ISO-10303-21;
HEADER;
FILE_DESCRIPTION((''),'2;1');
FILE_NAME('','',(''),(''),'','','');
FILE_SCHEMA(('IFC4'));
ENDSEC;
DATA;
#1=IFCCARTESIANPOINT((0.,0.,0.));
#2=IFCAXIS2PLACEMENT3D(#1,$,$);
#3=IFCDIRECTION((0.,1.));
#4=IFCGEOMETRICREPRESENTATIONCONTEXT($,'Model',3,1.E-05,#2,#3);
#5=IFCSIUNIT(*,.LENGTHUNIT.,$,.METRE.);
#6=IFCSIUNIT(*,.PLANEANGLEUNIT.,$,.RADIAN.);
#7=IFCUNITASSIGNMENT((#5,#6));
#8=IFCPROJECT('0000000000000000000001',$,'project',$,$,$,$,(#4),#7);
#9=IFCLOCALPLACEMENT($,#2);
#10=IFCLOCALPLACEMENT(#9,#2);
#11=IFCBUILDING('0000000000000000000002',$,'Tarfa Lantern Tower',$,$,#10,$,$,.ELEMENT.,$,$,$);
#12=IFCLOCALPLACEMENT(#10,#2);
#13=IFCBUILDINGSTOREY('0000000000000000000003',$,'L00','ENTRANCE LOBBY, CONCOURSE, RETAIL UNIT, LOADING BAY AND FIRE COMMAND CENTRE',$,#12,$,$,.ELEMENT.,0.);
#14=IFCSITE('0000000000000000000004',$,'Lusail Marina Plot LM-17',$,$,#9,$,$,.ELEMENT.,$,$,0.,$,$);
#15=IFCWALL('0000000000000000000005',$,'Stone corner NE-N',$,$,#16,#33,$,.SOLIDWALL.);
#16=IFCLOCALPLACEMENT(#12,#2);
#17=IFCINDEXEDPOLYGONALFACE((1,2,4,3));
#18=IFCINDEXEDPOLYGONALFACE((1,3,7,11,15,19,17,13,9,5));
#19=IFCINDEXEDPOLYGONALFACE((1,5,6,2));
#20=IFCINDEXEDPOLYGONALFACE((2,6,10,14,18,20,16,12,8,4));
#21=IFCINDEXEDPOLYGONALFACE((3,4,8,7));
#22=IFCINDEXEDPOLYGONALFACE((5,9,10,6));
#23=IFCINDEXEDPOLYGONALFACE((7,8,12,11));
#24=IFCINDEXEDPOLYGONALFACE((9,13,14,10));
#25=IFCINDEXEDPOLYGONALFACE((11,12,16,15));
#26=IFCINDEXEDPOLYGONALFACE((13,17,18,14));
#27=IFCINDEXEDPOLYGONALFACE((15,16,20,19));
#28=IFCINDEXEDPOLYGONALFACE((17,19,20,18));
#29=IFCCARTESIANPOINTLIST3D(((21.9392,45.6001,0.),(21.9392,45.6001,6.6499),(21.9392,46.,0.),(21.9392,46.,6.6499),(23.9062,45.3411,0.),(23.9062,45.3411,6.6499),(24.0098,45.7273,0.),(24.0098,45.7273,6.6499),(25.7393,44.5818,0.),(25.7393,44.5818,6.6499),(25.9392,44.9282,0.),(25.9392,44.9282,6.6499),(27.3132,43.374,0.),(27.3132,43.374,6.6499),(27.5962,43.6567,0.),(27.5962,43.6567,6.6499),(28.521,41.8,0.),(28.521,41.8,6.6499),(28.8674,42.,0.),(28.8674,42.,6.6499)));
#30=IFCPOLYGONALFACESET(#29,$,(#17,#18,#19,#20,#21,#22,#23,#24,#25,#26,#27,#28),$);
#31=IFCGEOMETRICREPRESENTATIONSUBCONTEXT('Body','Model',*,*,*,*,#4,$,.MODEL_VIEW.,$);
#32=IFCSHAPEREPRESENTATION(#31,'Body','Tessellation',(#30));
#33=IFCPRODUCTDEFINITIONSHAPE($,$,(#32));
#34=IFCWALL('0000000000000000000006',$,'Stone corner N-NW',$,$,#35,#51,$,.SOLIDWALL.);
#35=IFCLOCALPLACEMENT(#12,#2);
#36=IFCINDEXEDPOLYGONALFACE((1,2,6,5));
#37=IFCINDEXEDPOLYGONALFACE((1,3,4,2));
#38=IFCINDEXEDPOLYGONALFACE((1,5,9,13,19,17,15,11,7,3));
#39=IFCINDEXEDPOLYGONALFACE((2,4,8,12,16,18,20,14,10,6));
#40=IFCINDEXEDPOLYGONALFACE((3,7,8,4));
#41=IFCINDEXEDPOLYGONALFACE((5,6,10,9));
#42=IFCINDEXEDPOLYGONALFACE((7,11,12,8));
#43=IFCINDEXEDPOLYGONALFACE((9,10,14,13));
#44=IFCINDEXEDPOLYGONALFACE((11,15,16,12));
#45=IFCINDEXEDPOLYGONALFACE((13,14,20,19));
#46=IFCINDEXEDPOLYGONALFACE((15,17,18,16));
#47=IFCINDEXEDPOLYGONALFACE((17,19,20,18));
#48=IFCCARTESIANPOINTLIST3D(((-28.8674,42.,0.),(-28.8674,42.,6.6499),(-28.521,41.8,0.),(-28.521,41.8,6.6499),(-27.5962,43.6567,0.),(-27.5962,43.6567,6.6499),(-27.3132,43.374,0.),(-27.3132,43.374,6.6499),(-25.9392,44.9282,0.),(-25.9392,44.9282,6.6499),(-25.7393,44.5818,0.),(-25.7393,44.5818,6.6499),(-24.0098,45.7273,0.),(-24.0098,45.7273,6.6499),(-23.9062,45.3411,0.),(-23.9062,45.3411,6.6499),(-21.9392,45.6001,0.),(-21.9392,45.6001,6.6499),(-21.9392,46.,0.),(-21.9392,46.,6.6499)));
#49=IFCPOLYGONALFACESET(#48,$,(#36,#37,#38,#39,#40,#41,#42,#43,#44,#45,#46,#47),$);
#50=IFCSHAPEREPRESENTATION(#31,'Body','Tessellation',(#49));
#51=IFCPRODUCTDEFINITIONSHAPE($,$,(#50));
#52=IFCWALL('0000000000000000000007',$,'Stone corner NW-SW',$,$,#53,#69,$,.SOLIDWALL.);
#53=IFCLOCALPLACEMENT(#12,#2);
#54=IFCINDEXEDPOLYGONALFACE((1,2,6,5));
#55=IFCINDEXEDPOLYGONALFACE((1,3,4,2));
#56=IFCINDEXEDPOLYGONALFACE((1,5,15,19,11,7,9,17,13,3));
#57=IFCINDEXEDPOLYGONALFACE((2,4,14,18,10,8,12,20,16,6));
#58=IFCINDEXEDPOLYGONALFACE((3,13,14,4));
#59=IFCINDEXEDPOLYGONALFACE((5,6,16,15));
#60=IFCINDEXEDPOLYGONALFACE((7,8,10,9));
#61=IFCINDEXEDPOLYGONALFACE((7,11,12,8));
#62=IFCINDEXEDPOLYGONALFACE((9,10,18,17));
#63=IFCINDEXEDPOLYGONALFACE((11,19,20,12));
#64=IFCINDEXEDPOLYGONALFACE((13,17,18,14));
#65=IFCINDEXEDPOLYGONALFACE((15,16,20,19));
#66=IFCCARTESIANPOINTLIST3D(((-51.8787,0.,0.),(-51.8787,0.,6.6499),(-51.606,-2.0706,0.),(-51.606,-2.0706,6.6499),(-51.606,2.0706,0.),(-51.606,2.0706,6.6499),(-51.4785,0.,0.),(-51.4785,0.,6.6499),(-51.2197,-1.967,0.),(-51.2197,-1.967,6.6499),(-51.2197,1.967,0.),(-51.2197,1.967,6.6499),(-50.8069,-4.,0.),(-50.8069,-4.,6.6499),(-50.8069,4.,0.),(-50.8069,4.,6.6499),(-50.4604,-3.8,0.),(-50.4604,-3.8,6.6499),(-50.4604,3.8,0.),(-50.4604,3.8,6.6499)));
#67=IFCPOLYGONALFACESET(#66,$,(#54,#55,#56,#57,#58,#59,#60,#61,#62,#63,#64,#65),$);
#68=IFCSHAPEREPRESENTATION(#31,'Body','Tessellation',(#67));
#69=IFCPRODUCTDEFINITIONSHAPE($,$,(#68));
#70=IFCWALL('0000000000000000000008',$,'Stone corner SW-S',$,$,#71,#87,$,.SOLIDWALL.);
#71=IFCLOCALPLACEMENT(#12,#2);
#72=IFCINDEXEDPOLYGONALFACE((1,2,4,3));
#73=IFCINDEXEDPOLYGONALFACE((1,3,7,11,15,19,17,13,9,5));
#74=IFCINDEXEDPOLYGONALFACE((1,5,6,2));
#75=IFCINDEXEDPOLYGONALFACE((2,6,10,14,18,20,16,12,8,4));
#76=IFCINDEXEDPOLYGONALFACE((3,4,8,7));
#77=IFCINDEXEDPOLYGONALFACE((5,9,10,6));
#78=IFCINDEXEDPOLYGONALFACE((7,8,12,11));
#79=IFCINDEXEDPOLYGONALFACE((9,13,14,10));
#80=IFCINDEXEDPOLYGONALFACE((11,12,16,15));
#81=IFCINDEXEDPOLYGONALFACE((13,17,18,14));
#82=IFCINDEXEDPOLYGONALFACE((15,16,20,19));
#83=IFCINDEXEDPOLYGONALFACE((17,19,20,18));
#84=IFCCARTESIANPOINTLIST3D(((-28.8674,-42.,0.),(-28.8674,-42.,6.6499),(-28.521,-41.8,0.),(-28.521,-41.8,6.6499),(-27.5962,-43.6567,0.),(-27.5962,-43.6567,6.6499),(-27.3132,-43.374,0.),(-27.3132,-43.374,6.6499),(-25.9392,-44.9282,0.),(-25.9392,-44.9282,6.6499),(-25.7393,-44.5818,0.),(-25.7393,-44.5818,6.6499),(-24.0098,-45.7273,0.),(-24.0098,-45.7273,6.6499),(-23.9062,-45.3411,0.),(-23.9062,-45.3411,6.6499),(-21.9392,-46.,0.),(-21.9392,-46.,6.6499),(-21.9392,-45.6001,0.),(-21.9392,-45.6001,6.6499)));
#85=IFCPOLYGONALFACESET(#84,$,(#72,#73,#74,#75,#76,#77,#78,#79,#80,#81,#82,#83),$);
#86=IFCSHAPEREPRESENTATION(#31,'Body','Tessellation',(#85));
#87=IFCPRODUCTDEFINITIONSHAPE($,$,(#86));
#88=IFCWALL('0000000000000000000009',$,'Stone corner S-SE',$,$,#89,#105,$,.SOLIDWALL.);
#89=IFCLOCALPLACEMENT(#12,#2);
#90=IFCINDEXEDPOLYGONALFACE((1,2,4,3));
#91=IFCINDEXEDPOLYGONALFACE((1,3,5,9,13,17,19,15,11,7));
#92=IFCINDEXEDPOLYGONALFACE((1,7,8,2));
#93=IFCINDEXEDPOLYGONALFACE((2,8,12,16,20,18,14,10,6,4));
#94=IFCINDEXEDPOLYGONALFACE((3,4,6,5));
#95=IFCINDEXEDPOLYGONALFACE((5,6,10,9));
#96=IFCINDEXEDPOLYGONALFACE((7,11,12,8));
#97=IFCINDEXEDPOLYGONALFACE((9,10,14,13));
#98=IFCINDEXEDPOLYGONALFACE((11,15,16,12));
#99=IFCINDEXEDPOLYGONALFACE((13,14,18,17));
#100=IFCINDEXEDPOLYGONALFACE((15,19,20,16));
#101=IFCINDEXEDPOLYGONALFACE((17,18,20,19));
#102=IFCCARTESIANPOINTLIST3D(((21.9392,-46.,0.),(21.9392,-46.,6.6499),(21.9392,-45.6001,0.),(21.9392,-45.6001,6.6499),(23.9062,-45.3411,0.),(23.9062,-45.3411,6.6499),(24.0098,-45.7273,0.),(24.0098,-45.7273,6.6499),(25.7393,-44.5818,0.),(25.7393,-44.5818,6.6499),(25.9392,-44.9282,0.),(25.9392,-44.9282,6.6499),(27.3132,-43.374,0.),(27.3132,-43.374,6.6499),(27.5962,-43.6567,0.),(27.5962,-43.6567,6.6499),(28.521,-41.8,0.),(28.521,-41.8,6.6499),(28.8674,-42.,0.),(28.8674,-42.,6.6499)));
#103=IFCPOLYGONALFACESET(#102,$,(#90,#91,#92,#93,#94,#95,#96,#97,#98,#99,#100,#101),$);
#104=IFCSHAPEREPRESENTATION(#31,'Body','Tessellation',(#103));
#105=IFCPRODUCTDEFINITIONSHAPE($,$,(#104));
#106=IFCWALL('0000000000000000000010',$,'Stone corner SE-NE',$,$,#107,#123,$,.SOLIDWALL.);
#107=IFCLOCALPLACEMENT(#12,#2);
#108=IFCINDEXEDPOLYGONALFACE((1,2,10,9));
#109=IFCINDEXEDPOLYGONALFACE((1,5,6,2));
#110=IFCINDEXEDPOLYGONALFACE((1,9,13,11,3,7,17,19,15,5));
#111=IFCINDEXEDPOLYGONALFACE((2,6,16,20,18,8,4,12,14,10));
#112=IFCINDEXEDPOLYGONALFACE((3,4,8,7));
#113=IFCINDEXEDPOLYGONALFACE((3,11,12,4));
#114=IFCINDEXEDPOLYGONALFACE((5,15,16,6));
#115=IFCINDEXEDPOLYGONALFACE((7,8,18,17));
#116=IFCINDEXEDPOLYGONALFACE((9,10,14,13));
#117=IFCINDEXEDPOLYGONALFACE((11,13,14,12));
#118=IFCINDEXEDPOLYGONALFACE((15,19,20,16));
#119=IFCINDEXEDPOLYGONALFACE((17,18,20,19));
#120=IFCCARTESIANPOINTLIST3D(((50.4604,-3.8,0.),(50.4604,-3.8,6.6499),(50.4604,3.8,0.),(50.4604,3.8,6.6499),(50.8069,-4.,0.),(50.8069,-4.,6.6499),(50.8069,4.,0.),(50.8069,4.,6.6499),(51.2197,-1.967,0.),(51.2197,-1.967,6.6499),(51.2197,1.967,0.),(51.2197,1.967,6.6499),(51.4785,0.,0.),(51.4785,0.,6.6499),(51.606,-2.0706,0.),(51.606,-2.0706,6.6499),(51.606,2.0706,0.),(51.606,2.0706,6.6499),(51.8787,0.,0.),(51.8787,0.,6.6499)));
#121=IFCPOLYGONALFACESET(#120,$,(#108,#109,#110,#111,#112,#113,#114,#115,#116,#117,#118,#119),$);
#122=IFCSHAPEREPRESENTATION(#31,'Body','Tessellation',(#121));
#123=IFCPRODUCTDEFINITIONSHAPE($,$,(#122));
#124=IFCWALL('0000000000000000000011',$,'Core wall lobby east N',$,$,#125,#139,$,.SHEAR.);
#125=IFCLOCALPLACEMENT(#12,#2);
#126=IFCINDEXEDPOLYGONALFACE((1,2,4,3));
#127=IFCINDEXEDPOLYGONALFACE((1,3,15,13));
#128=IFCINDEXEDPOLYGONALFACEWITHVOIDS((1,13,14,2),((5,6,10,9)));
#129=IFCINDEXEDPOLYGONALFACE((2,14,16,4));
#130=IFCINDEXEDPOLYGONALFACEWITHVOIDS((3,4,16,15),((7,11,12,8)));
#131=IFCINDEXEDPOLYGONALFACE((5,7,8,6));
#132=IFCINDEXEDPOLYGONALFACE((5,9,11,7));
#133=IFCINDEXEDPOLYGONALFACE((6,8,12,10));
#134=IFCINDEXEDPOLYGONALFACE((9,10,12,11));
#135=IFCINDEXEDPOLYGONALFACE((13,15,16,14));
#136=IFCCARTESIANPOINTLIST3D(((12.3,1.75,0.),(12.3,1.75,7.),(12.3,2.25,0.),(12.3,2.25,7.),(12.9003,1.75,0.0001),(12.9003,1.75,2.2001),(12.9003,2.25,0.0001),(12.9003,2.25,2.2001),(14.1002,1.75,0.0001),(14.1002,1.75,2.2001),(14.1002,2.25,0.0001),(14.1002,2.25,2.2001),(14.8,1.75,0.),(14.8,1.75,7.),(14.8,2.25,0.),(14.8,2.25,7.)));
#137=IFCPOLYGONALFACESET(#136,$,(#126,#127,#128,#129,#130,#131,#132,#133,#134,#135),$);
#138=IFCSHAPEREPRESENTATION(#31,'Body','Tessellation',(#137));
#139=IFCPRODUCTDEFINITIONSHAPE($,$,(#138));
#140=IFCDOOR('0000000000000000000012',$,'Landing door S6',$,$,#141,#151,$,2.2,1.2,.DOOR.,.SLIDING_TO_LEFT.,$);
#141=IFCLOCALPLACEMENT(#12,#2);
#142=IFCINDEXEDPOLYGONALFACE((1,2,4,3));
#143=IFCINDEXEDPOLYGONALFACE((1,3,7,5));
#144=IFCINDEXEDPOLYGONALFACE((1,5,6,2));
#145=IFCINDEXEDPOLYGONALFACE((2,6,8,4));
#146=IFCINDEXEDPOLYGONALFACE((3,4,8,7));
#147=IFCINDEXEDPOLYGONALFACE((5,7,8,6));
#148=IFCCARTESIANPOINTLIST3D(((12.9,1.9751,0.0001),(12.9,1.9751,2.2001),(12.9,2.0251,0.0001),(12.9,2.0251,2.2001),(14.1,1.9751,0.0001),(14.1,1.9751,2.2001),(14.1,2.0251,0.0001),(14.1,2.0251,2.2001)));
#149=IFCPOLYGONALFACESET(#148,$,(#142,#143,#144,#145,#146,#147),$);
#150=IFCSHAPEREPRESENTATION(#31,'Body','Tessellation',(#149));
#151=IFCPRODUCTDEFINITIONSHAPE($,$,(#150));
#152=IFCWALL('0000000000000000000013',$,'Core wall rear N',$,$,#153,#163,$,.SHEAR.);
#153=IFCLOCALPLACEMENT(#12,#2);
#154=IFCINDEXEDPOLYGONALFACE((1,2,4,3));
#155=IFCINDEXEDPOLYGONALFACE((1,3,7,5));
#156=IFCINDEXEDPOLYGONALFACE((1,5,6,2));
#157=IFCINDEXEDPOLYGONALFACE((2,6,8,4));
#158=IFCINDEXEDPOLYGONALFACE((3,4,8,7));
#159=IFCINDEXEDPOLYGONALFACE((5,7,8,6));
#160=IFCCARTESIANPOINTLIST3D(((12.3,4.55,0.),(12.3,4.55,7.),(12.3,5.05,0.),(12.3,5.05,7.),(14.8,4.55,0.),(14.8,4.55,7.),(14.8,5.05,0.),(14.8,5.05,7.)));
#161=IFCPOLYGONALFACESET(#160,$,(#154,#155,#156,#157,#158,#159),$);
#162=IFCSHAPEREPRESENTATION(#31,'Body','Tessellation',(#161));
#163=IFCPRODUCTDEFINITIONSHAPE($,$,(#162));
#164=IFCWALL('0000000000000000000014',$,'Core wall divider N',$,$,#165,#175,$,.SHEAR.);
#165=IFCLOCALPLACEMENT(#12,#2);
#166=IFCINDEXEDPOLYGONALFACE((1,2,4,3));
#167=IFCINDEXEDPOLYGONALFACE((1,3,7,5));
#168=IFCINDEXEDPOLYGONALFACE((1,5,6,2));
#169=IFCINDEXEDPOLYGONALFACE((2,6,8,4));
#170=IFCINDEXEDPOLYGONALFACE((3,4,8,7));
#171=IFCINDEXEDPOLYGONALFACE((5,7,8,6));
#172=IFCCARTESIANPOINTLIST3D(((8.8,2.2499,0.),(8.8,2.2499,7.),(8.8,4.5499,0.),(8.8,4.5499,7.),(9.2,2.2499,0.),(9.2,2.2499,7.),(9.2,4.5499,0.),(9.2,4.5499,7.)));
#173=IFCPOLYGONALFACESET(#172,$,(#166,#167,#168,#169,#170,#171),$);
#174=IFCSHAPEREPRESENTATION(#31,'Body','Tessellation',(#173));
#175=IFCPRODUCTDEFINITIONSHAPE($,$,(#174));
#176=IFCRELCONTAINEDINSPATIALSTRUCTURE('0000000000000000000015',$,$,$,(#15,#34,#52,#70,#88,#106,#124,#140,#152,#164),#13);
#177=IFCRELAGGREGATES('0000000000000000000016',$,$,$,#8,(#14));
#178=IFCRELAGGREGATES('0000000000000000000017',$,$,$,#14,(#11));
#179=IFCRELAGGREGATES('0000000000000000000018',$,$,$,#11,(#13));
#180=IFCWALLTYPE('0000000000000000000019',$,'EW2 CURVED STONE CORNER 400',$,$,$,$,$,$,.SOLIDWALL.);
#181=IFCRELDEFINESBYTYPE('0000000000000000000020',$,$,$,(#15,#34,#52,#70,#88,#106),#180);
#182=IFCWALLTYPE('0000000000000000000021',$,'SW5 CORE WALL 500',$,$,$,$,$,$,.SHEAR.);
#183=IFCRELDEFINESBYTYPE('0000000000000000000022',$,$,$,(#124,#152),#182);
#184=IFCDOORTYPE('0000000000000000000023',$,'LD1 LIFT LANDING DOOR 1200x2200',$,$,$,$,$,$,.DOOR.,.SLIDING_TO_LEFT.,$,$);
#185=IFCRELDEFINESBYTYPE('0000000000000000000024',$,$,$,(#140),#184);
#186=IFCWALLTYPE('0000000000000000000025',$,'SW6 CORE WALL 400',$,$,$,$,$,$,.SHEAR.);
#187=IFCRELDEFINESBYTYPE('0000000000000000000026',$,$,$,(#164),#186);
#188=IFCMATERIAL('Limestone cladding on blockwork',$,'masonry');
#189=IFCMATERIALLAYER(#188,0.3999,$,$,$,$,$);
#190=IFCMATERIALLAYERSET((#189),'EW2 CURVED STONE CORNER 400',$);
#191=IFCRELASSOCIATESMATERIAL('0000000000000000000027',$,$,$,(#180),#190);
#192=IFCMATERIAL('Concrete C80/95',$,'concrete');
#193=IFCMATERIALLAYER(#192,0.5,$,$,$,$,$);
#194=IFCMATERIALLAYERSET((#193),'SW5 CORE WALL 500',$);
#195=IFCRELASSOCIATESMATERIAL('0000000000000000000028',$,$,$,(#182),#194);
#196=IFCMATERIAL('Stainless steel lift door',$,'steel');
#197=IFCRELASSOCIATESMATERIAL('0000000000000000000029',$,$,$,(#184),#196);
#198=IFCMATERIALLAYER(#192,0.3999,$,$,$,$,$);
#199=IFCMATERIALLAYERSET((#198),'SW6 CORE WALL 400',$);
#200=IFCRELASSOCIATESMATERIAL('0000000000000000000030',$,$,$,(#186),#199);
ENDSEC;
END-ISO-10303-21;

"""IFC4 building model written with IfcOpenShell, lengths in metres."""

from ifc_helpers import new_model, si_unit, direction, frame, frame_2d, origin, place, context, subcontext, project, spatial, polyline, rectangle, outline, extrude, material, layer, layer_set, type_object, element, fill, save


model = new_model("IFC4")

# Units and contexts
model_context = context("Model", 3, precision=1e-05, world=origin(), true_north=direction((0.0, 1.0)))
body_context = subcontext(model_context, "Body", "Model", "MODEL_VIEW")
ifc_project = project(units=[si_unit("LENGTHUNIT", "METRE"), si_unit("PLANEANGLEUNIT", "RADIAN")], contexts=[model_context])

# Site, building, storey
site_placement = place(None, origin())
site = spatial("IfcSite", under=ifc_project, at=site_placement, Name="Lusail Marina Plot LM-17", CompositionType="ELEMENT", RefElevation=0.0)
building_placement = place(site_placement, origin())
building = spatial("IfcBuilding", under=site, at=building_placement, Name="Tarfa Lantern Tower", CompositionType="ELEMENT")
storey_placement = place(building_placement, origin())
storey = spatial("IfcBuildingStorey", under=building, at=storey_placement, Name="L00", Description="ENTRANCE LOBBY, CONCOURSE, RETAIL UNIT, LOADING BAY AND FIRE COMMAND CENTRE", CompositionType="ELEMENT", Elevation=0.0)

# Walls
ifc_material_1 = material(Name="Limestone cladding on blockwork", Category="masonry")
ifc_layer_1 = layer(ifc_material_1, 0.3999)
ifc_layer_set_1 = layer_set([ifc_layer_1], Name="EW2 CURVED STONE CORNER 400")
wall_type_1 = type_object("IfcWallType", Name="EW2 CURVED STONE CORNER 400", PredefinedType="SOLIDWALL", material=ifc_layer_set_1)
wall_1_placement = place(storey_placement, origin())
element("IfcWall", 1, at=wall_1_placement, inside=storey, type_object=wall_type_1, Name="Stone corner NE-N", PredefinedType="SOLIDWALL", context=body_context, shape_type="SweptSolid", body=[
    extrude(outline(polyline([(28.8674, 42.0), (27.5962, 43.6567), (25.9392, 44.9282), (24.0098, 45.7273), (21.9392, 46.0), (21.9392, 45.6001), (23.9062, 45.3411), (25.7393, 44.5818), (27.3132, 43.374), (28.521, 41.8), (28.8674, 42.0)])), origin(), (0.0, 0.0, 1.0), 6.6499),
])
wall_2_placement = place(storey_placement, origin())
element("IfcWall", 2, at=wall_2_placement, inside=storey, type_object=wall_type_1, Name="Stone corner N-NW", PredefinedType="SOLIDWALL", context=body_context, shape_type="SweptSolid", body=[
    extrude(outline(polyline([(-21.9392, 46.0), (-24.0098, 45.7273), (-25.9392, 44.9282), (-27.5962, 43.6567), (-28.8674, 42.0), (-28.521, 41.8), (-27.3132, 43.374), (-25.7393, 44.5818), (-23.9062, 45.3411), (-21.9392, 45.6001), (-21.9392, 46.0)])), origin(), (0.0, 0.0, 1.0), 6.6499),
])
wall_3_placement = place(storey_placement, origin())
element("IfcWall", 3, at=wall_3_placement, inside=storey, type_object=wall_type_1, Name="Stone corner NW-SW", PredefinedType="SOLIDWALL", context=body_context, shape_type="SweptSolid", body=[
    extrude(outline(polyline([(-50.8069, 4.0), (-51.606, 2.0706), (-51.8787, 0.0), (-51.606, -2.0706), (-50.8069, -4.0), (-50.4604, -3.8), (-51.2197, -1.967), (-51.4785, 0.0), (-51.2197, 1.967), (-50.4604, 3.8), (-50.8069, 4.0)])), origin(), (0.0, 0.0, 1.0), 6.6499),
])
wall_4_placement = place(storey_placement, origin())
element("IfcWall", 4, at=wall_4_placement, inside=storey, type_object=wall_type_1, Name="Stone corner SW-S", PredefinedType="SOLIDWALL", context=body_context, shape_type="SweptSolid", body=[
    extrude(outline(polyline([(-28.8674, -42.0), (-27.5962, -43.6567), (-25.9392, -44.9282), (-24.0098, -45.7273), (-21.9392, -46.0), (-21.9392, -45.6001), (-23.9062, -45.3411), (-25.7393, -44.5818), (-27.3132, -43.374), (-28.521, -41.8), (-28.8674, -42.0)])), origin(), (0.0, 0.0, 1.0), 6.6499),
])
wall_5_placement = place(storey_placement, origin())
element("IfcWall", 5, at=wall_5_placement, inside=storey, type_object=wall_type_1, Name="Stone corner S-SE", PredefinedType="SOLIDWALL", context=body_context, shape_type="SweptSolid", body=[
    extrude(outline(polyline([(21.9392, -46.0), (24.0098, -45.7273), (25.9392, -44.9282), (27.5962, -43.6567), (28.8674, -42.0), (28.521, -41.8), (27.3132, -43.374), (25.7393, -44.5818), (23.9062, -45.3411), (21.9392, -45.6001), (21.9392, -46.0)])), origin(), (0.0, 0.0, 1.0), 6.6499),
])
wall_6_placement = place(storey_placement, origin())
element("IfcWall", 6, at=wall_6_placement, inside=storey, type_object=wall_type_1, Name="Stone corner SE-NE", PredefinedType="SOLIDWALL", context=body_context, shape_type="SweptSolid", body=[
    extrude(outline(polyline([(50.8069, -4.0), (51.606, -2.0706), (51.8787, 0.0), (51.606, 2.0706), (50.8069, 4.0), (50.4604, 3.8), (51.2197, 1.967), (51.4785, 0.0), (51.2197, -1.967), (50.4604, -3.8), (50.8069, -4.0)])), origin(), (0.0, 0.0, 1.0), 6.6499),
])

# Wall, opening, door
ifc_material_2 = material(Name="Concrete C80/95", Category="concrete")
ifc_layer_2 = layer(ifc_material_2, 0.5)
ifc_layer_set_2 = layer_set([ifc_layer_2], Name="SW5 CORE WALL 500")
wall_type_2 = type_object("IfcWallType", Name="SW5 CORE WALL 500", PredefinedType="SHEAR", material=ifc_layer_set_2)
wall_7_placement = place(storey_placement, frame((12.3, 2.0, 0.0), z_axis=(0.0, 0.0, 1.0), x_axis=(1.0, 0.0, 0.0)))
wall_7 = element("IfcWall", 7, at=wall_7_placement, inside=storey, type_object=wall_type_2, Name="Core wall lobby east N", PredefinedType="SHEAR", context=body_context, shape_type="SweptSolid", body=[
    extrude(rectangle(XDim=2.5, YDim=0.5, at=frame_2d((1.25, 0.0))), origin(), (0.0, 0.0, 1.0), 7.0),
])
opening_placement = place(wall_7_placement, frame((0.6001, 0.0, 0.0)))
opening = element("IfcOpeningElement", 8, at=opening_placement, cuts=wall_7, PredefinedType="OPENING", context=body_context, shape_type="SweptSolid", body=[
    extrude(rectangle(XDim=1.2, YDim=2.2, at=frame_2d((0.6001, 1.1001))), frame((0.0, 0.26, 0.0), z_axis=(0.0, -1.0, 0.0), x_axis=(1.0, 0.0, 0.0)), (0.0, 0.0, 1.0), 0.52),
])
ifc_material_3 = material(Name="Stainless steel lift door", Category="steel")
door_type = type_object("IfcDoorType", Name="LD1 LIFT LANDING DOOR 1200x2200", OperationType="SLIDING_TO_LEFT", PredefinedType="DOOR", material=ifc_material_3)
door_placement = place(opening_placement, frame((1.2, 0.0, 0.0), z_axis=(0.0, 0.0, 1.0), x_axis=(-1.0, 0.0, 0.0)))
door = element("IfcDoor", 9, at=door_placement, inside=storey, type_object=door_type, Name="Landing door S6", OperationType="SLIDING_TO_LEFT", OverallHeight=2.2, OverallWidth=1.2, PredefinedType="DOOR", context=body_context, shape_type="SweptSolid", body=[
    extrude(rectangle(XDim=1.2, YDim=2.2, at=frame_2d((0.6001, 1.1001))), frame((0.0, 0.0249, 0.0), z_axis=(0.0, -1.0, 0.0), x_axis=(1.0, 0.0, 0.0)), (0.0, 0.0, 1.0), 0.05),
])
fill(opening, door)

# Walls
wall_8_placement = place(storey_placement, frame((12.3, 4.8, 0.0), z_axis=(0.0, 0.0, 1.0), x_axis=(1.0, 0.0, 0.0)))
element("IfcWall", 10, at=wall_8_placement, inside=storey, type_object=wall_type_2, Name="Core wall rear N", PredefinedType="SHEAR", context=body_context, shape_type="SweptSolid", body=[
    extrude(rectangle(XDim=2.5, YDim=0.5, at=frame_2d((1.25, 0.0))), origin(), (0.0, 0.0, 1.0), 7.0),
])
ifc_layer_3 = layer(ifc_material_2, 0.3999)
ifc_layer_set_3 = layer_set([ifc_layer_3], Name="SW6 CORE WALL 400")
wall_type_3 = type_object("IfcWallType", Name="SW6 CORE WALL 400", PredefinedType="SHEAR", material=ifc_layer_set_3)
wall_9_placement = place(storey_placement, frame((9.0, 2.25, 0.0), z_axis=(0.0, 0.0, 1.0), x_axis=(0.0, 1.0, 0.0)))
element("IfcWall", 11, at=wall_9_placement, inside=storey, type_object=wall_type_3, Name="Core wall divider N", PredefinedType="SHEAR", context=body_context, shape_type="SweptSolid", body=[
    extrude(rectangle(XDim=2.3, YDim=0.3999, at=frame_2d((1.1499, 0.0))), origin(), (0.0, 0.0, 1.0), 7.0),
])

save(model, "model.ifc")
